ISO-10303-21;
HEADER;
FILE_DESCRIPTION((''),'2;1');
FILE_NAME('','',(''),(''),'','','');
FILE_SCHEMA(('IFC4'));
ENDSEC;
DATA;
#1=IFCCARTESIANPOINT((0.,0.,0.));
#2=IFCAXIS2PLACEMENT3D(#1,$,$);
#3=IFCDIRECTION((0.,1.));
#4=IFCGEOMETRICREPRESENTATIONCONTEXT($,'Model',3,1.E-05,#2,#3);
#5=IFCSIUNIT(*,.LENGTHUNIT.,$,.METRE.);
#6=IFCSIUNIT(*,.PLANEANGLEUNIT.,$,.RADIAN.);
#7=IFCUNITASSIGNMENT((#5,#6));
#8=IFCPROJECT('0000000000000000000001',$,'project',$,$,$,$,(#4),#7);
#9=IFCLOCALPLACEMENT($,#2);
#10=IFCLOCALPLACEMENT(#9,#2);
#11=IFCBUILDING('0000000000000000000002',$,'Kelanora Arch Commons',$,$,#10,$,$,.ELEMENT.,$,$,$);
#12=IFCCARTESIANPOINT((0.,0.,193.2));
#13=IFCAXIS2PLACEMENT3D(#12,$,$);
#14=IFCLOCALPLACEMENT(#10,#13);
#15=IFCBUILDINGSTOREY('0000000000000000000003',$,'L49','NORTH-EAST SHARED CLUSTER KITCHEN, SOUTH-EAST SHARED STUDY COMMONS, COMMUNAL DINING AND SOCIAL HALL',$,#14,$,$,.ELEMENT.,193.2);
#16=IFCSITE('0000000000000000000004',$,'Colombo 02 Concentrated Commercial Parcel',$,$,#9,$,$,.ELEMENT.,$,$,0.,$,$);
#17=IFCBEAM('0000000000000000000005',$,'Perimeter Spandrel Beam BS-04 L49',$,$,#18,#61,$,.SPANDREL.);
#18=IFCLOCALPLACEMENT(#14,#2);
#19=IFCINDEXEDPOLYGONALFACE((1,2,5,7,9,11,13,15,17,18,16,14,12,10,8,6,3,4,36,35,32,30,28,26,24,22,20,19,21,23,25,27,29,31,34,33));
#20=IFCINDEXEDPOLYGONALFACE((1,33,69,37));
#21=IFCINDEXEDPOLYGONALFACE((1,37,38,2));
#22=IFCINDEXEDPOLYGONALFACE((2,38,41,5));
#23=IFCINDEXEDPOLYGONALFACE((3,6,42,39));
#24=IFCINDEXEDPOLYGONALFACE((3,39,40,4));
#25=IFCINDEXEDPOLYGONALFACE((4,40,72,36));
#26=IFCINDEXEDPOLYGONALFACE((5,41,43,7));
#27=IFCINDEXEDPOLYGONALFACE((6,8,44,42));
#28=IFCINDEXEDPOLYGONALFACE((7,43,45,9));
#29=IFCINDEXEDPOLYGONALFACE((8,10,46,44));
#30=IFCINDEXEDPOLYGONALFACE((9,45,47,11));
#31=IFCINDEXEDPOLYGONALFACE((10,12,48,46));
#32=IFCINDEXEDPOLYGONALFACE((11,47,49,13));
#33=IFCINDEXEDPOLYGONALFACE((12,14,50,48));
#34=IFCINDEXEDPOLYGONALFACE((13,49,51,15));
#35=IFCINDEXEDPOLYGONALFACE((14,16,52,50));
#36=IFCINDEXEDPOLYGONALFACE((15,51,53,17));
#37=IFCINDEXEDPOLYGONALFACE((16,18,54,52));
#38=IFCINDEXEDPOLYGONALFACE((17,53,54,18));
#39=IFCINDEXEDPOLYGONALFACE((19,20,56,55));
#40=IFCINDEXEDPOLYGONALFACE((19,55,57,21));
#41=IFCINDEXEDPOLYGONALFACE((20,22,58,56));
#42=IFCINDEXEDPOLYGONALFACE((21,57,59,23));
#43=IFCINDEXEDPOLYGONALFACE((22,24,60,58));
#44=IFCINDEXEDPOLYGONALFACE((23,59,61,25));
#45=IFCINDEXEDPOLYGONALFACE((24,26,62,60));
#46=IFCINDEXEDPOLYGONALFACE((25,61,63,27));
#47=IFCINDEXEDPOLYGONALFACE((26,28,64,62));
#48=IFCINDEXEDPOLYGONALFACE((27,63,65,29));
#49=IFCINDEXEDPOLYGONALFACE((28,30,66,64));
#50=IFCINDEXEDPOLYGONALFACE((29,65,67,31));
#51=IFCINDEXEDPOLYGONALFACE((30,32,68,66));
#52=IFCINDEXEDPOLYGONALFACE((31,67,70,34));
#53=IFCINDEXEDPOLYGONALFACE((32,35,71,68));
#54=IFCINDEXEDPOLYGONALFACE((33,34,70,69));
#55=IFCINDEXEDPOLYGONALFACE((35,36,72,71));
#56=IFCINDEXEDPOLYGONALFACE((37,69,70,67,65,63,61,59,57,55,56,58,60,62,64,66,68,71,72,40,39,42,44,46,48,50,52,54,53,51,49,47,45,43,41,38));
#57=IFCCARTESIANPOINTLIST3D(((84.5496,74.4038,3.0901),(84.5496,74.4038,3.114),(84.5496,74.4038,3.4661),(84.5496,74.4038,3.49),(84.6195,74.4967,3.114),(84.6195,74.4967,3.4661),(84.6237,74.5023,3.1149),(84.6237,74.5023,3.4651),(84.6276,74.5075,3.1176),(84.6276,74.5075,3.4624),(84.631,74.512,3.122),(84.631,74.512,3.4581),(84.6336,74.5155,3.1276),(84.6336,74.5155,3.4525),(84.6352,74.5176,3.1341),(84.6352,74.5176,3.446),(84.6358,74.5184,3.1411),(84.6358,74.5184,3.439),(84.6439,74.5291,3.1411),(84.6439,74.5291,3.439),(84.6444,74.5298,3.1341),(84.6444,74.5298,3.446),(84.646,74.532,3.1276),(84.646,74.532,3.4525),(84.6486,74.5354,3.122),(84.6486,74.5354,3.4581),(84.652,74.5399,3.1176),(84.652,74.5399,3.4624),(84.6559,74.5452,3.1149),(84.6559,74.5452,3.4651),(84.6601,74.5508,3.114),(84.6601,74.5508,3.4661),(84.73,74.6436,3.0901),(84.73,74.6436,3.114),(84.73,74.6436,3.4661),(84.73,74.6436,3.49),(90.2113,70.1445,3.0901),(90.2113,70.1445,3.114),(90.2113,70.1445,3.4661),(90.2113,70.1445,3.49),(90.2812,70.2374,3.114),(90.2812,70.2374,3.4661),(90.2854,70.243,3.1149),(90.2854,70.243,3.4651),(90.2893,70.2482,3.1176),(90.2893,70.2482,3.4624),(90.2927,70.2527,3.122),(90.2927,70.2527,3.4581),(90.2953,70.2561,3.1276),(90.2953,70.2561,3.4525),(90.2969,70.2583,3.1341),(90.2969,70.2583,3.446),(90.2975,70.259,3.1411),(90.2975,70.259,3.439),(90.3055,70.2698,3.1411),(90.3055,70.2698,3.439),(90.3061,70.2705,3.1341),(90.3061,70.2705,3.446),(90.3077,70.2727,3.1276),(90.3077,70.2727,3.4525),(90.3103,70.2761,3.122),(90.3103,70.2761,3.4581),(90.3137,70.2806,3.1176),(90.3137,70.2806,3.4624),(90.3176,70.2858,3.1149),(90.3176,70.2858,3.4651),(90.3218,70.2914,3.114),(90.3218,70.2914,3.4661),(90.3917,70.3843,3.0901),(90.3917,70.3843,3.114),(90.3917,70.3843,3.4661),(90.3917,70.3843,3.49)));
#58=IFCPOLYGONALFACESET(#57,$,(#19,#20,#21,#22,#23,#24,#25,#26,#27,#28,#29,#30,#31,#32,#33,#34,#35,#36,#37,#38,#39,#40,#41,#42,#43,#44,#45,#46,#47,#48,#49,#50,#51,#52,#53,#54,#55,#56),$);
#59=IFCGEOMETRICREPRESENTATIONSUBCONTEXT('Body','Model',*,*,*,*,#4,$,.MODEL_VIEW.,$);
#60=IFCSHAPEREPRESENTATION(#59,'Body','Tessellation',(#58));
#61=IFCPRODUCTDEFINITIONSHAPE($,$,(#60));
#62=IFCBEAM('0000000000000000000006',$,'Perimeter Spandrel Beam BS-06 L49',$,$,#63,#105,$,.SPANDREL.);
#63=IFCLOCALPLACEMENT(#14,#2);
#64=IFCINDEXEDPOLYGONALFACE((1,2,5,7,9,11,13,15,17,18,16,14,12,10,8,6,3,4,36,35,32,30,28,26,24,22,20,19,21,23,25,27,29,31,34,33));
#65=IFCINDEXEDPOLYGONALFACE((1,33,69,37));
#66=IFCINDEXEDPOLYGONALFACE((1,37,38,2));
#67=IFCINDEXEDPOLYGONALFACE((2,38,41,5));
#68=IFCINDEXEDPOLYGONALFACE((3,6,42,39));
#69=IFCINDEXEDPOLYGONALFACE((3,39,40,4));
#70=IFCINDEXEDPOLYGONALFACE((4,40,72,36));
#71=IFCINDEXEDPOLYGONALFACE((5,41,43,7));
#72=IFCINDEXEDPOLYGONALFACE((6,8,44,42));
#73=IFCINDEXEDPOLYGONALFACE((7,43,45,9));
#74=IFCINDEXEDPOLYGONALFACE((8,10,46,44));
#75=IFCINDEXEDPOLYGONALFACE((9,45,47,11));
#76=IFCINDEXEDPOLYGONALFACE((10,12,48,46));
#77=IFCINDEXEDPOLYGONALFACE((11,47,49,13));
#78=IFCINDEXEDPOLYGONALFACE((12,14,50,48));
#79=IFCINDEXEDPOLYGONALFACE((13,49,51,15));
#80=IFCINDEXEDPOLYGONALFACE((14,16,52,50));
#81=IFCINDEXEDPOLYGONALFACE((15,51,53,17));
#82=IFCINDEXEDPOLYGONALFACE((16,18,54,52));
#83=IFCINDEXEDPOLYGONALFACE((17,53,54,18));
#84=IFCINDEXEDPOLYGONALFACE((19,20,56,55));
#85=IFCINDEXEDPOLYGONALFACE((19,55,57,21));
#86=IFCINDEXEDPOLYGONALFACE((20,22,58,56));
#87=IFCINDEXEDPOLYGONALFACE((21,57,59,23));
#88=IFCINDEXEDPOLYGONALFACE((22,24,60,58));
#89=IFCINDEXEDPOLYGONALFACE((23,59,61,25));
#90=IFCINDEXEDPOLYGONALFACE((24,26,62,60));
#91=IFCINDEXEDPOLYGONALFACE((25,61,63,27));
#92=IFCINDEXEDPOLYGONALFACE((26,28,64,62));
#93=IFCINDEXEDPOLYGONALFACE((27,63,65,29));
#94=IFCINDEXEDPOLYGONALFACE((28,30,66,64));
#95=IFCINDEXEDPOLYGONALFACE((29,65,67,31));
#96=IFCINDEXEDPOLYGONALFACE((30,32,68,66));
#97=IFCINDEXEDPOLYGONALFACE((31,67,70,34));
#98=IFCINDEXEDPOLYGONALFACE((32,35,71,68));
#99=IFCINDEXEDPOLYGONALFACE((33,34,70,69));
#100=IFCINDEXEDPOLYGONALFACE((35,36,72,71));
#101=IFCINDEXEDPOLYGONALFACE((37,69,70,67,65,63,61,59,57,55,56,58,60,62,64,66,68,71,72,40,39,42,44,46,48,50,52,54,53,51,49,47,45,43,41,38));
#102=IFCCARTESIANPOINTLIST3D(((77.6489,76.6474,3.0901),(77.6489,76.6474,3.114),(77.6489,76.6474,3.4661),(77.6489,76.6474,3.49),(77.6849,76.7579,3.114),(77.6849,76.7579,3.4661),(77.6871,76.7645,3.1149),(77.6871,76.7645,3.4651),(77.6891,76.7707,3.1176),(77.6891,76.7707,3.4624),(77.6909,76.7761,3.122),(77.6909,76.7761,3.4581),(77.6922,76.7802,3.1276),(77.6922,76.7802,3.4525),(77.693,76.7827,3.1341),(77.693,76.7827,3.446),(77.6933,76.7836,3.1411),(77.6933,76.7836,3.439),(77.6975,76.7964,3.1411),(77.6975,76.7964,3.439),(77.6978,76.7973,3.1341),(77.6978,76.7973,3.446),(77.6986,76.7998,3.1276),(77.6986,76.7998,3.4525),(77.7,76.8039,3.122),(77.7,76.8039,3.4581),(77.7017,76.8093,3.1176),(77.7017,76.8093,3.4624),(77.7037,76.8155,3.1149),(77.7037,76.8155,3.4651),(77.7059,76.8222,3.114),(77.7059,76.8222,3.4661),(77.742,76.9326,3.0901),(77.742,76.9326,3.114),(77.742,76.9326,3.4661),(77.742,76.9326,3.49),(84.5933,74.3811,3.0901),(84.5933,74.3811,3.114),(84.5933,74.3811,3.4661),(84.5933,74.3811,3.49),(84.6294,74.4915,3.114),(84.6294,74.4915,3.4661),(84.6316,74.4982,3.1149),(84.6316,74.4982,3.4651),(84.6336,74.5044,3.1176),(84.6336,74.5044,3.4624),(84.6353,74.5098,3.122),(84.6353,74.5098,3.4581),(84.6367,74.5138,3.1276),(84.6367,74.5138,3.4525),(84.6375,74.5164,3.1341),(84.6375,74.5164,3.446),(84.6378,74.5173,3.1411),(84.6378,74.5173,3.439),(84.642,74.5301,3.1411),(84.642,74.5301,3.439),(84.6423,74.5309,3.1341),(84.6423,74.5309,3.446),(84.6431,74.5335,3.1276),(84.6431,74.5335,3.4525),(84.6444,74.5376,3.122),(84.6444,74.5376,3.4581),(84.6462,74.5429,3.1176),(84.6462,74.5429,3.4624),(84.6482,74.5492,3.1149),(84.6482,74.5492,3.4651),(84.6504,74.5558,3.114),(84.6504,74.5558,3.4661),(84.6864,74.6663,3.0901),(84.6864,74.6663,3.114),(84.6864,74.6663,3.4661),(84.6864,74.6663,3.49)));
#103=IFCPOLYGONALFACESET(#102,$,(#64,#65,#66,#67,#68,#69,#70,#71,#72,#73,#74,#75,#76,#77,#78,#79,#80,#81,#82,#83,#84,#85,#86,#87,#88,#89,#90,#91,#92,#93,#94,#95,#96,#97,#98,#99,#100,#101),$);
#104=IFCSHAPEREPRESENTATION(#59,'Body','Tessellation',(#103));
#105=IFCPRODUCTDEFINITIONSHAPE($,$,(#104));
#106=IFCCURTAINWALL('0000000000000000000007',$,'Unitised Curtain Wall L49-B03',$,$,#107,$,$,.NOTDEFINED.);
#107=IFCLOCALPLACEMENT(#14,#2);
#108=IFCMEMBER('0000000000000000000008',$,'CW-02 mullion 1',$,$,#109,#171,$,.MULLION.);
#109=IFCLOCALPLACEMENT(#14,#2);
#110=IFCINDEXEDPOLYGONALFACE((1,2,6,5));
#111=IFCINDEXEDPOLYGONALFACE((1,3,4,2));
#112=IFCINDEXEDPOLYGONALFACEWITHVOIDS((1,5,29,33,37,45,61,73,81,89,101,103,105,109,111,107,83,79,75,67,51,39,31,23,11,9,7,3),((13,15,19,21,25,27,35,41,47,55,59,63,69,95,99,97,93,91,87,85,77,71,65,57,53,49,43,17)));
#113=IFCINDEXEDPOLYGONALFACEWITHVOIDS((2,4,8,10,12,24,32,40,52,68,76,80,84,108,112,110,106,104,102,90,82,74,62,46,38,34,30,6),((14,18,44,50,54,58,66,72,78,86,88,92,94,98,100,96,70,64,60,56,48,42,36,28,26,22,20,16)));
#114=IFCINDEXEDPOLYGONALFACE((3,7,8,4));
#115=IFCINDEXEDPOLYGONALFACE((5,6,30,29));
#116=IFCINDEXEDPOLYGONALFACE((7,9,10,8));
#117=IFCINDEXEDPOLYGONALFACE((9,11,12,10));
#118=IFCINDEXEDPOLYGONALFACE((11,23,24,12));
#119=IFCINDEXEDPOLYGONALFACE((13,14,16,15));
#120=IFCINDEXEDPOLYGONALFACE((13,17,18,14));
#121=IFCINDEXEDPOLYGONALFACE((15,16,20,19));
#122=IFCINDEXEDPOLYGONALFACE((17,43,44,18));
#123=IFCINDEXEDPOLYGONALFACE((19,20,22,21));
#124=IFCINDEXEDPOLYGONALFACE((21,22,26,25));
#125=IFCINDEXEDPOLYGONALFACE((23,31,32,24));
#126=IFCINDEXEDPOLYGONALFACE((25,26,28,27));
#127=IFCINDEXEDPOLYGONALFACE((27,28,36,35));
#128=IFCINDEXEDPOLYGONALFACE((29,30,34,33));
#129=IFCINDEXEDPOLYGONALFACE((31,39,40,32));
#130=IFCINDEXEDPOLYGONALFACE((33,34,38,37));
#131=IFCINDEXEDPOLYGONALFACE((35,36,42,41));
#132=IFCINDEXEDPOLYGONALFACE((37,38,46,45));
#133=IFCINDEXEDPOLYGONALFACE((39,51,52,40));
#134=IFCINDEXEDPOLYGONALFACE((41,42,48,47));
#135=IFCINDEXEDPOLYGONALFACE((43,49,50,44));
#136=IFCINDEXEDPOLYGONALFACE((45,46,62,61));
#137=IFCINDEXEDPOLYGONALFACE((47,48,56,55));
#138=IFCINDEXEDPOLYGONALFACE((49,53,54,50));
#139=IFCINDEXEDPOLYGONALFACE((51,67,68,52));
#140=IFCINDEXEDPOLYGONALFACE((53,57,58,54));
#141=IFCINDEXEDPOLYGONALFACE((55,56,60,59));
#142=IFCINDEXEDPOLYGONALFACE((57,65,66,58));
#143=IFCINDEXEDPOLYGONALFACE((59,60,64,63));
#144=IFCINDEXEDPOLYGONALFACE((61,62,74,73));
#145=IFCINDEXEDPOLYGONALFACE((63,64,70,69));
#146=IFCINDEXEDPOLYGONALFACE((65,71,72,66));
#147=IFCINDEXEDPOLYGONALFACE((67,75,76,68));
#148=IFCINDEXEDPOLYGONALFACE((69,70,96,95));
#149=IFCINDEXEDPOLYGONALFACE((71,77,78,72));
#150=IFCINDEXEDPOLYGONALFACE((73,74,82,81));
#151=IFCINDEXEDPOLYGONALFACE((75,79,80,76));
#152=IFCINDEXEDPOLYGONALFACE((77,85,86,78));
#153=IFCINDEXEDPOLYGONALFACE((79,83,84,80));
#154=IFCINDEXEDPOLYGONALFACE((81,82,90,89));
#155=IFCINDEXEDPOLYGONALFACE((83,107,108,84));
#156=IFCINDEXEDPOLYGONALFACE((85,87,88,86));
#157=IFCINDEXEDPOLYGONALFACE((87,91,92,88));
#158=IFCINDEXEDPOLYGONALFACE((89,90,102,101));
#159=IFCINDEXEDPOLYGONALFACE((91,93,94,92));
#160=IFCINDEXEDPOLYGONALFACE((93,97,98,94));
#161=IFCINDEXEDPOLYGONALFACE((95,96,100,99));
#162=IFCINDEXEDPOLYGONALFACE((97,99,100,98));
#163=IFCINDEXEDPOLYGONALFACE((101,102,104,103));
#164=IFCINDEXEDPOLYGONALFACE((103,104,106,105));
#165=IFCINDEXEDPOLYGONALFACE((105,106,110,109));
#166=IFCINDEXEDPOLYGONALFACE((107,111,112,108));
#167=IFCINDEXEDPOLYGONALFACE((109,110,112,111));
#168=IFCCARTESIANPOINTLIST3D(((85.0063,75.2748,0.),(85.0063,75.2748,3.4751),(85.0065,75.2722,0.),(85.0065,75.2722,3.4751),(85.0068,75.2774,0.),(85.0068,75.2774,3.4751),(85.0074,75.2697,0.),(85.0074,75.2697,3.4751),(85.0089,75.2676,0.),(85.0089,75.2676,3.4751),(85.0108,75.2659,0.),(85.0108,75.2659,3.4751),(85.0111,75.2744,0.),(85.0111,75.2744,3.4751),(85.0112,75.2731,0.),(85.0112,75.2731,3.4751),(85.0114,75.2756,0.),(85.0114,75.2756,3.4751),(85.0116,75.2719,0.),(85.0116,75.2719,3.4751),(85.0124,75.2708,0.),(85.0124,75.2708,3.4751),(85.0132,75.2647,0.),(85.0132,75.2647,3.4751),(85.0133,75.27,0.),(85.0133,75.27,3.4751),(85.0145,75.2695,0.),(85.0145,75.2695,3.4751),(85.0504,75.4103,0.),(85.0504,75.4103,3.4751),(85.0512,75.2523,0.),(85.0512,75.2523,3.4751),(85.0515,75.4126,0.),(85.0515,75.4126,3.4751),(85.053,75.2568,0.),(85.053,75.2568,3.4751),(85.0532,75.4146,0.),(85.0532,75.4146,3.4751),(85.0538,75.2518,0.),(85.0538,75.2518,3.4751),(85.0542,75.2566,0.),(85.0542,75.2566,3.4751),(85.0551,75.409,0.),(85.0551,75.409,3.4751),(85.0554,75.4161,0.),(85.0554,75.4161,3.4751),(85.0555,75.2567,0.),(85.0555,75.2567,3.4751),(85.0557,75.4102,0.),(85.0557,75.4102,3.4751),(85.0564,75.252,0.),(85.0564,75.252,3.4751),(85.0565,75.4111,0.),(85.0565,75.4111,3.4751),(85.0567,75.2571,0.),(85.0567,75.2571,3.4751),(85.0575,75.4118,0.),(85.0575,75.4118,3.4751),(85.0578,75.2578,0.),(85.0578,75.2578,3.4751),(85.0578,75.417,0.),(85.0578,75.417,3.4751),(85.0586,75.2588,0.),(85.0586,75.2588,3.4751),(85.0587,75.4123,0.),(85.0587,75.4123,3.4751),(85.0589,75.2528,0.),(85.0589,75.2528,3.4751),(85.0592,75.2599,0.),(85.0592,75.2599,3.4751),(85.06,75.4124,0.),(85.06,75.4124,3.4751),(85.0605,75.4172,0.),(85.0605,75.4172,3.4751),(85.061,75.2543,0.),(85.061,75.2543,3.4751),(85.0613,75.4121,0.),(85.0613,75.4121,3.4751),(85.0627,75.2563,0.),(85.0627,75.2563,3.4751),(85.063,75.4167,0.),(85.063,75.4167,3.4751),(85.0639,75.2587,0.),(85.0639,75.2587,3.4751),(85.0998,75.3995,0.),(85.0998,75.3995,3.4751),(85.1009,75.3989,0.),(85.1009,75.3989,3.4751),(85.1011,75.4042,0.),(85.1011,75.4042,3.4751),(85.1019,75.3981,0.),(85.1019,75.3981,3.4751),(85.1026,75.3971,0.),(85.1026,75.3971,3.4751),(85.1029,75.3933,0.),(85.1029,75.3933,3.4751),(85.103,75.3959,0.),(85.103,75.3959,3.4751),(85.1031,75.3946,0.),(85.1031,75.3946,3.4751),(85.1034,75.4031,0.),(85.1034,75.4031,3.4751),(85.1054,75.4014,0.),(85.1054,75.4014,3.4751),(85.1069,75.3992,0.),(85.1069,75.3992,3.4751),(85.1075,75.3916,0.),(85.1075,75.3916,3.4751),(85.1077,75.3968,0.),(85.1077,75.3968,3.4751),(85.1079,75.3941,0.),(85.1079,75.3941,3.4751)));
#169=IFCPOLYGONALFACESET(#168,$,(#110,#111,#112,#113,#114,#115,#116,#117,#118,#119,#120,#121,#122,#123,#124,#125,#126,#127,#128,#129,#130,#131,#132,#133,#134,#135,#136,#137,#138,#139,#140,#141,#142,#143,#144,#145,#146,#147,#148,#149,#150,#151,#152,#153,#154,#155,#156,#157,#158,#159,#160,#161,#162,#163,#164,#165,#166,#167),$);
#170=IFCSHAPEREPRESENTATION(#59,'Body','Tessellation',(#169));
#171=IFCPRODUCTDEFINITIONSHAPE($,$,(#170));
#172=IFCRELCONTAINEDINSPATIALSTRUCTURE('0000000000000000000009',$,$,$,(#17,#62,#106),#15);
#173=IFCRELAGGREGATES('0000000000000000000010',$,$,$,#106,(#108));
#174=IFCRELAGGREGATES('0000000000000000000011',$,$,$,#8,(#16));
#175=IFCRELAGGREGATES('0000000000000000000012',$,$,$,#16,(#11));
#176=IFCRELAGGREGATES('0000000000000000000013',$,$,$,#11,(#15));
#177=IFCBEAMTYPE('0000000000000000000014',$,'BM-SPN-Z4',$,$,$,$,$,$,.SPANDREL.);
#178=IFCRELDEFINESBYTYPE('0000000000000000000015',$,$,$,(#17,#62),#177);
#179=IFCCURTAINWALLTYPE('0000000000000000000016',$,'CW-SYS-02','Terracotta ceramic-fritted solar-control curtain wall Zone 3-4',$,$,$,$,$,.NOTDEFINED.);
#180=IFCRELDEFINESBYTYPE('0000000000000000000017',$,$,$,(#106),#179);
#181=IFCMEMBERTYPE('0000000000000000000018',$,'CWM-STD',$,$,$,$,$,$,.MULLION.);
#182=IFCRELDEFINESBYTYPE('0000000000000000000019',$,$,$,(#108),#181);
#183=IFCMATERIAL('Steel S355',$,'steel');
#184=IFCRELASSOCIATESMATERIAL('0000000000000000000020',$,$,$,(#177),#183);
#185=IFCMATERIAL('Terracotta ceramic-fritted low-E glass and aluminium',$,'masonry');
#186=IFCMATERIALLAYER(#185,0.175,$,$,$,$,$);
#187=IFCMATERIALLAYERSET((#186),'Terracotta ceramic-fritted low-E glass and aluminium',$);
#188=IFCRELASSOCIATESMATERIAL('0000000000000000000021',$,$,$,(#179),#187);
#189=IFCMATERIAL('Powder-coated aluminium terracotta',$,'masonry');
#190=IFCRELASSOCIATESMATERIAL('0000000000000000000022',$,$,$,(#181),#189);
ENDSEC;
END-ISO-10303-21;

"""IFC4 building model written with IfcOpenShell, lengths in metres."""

from ifc_helpers import new_model, si_unit, direction, frame, origin, origin_2d, place, context, subcontext, project, spatial, hollow_rectangle, i_section, extrude, material, layer, layer_set, material_profile, profile_set, type_object, element, aggregate, save


model = new_model("IFC4")

# Units and contexts
model_context = context("Model", 3, precision=1e-05, world=origin(), true_north=direction((0.0, 1.0)))
body_context = subcontext(model_context, "Body", "Model", "MODEL_VIEW")
ifc_project = project(units=[si_unit("LENGTHUNIT", "METRE"), si_unit("PLANEANGLEUNIT", "RADIAN")], contexts=[model_context])

# Site, building, storey
site_placement = place(None, origin())
site = spatial("IfcSite", under=ifc_project, at=site_placement, Name="Colombo 02 Concentrated Commercial Parcel", CompositionType="ELEMENT", RefElevation=0.0)
building_placement = place(site_placement, origin())
building = spatial("IfcBuilding", under=site, at=building_placement, Name="Kelanora Arch Commons", CompositionType="ELEMENT")
storey_placement = place(building_placement, frame((0.0, 0.0, 193.2)))
storey = spatial("IfcBuildingStorey", under=building, at=storey_placement, Name="L49", Description="NORTH-EAST SHARED CLUSTER KITCHEN, SOUTH-EAST SHARED STUDY COMMONS, COMMUNAL DINING AND SOCIAL HALL", CompositionType="ELEMENT", Elevation=193.2)

# Beams
ifc_material_1 = material(Name="Steel S355", Category="steel")
ifc_material_profile_1 = material_profile(ifc_material_1, i_section(OverallWidth=0.3, OverallDepth=0.3999, WebThickness=0.0134, FlangeThickness=0.0239, FilletRadius=0.0271, at=origin_2d()), Name="HEB400")
ifc_profile_set_1 = profile_set([ifc_material_profile_1], Name="Steel S355")
beam_type_1 = type_object("IfcBeamType", Name="BM-SPN-Z4", PredefinedType="SPANDREL", material=ifc_profile_set_1)
beam_1_placement = place(storey_placement, frame((90.3015, 70.2644, 3.29), z_axis=(-0.799114, 0.601179, 0.0), x_axis=(-0.601179, -0.799114, 0.0)))
element("IfcBeam", 1, at=beam_1_placement, inside=storey, type_object=beam_type_1, Name="Perimeter Spandrel Beam BS-04 L49", PredefinedType="SPANDREL", context=body_context, shape_type="SweptSolid", body=[
    extrude(i_section(OverallWidth=0.3, OverallDepth=0.3999, WebThickness=0.0134, FlangeThickness=0.0239, FilletRadius=0.0271, at=origin_2d()), origin(), (0.0, 0.0, 1.0), 7.085),
])
beam_2_placement = place(storey_placement, frame((84.6399, 74.5237, 3.29), z_axis=(-0.950656, 0.310246, 0.0), x_axis=(-0.310246, -0.950656, 0.0)))
element("IfcBeam", 2, at=beam_2_placement, inside=storey, type_object=beam_type_1, Name="Perimeter Spandrel Beam BS-06 L49", PredefinedType="SPANDREL", context=body_context, shape_type="SweptSolid", body=[
    extrude(i_section(OverallWidth=0.3, OverallDepth=0.3999, WebThickness=0.0134, FlangeThickness=0.0239, FilletRadius=0.0271, at=origin_2d()), origin(), (0.0, 0.0, 1.0), 7.3049),
])

# Curtain wall, member
ifc_material_2 = material(Name="Terracotta ceramic-fritted low-E glass and aluminium", Category="masonry")
ifc_layer_1 = layer(ifc_material_2, 0.175)
ifc_layer_set_1 = layer_set([ifc_layer_1], Name="Terracotta ceramic-fritted low-E glass and aluminium")
curtain_wall_type = type_object("IfcCurtainWallType", Name="CW-SYS-02", Description="Terracotta ceramic-fritted solar-control curtain wall Zone 3-4", PredefinedType="NOTDEFINED", material=ifc_layer_set_1)
curtain_wall_placement = place(storey_placement, origin())
curtain_wall = element("IfcCurtainWall", 3, at=curtain_wall_placement, inside=storey, type_object=curtain_wall_type, Name="Unitised Curtain Wall L49-B03", PredefinedType="NOTDEFINED")
ifc_material_3 = material(Name="Powder-coated aluminium terracotta", Category="masonry")
ifc_material_profile_2 = material_profile(ifc_material_3, hollow_rectangle(XDim=0.1599, YDim=0.0601, WallThickness=0.0049, InnerFilletRadius=0.0049, OuterFilletRadius=0.01, at=origin_2d()), Name="CWM160x60")
ifc_profile_set_2 = profile_set([ifc_material_profile_2], Name="Powder-coated aluminium terracotta")
member_type_1 = type_object("IfcMemberType", Name="CWM-STD", PredefinedType="MULLION", material=ifc_profile_set_2)
member_1_placement = place(storey_placement, frame((85.0571, 75.3345, 0.0), z_axis=(0.0, 0.0, 1.0), x_axis=(-0.311582, -0.950219, 0.0)))
member_1 = element("IfcMember", 4, at=member_1_placement, type_object=member_type_1, Name="CW-02 mullion 1", PredefinedType="MULLION", context=body_context, shape_type="SweptSolid", body=[
    extrude(hollow_rectangle(XDim=0.1599, YDim=0.0601, WallThickness=0.0049, InnerFilletRadius=0.0049, OuterFilletRadius=0.01, at=origin_2d()), origin(), (0.0, 0.0, 1.0), 3.4751),
])
aggregate(curtain_wall, [member_1])

save(model, "model.ifc")
